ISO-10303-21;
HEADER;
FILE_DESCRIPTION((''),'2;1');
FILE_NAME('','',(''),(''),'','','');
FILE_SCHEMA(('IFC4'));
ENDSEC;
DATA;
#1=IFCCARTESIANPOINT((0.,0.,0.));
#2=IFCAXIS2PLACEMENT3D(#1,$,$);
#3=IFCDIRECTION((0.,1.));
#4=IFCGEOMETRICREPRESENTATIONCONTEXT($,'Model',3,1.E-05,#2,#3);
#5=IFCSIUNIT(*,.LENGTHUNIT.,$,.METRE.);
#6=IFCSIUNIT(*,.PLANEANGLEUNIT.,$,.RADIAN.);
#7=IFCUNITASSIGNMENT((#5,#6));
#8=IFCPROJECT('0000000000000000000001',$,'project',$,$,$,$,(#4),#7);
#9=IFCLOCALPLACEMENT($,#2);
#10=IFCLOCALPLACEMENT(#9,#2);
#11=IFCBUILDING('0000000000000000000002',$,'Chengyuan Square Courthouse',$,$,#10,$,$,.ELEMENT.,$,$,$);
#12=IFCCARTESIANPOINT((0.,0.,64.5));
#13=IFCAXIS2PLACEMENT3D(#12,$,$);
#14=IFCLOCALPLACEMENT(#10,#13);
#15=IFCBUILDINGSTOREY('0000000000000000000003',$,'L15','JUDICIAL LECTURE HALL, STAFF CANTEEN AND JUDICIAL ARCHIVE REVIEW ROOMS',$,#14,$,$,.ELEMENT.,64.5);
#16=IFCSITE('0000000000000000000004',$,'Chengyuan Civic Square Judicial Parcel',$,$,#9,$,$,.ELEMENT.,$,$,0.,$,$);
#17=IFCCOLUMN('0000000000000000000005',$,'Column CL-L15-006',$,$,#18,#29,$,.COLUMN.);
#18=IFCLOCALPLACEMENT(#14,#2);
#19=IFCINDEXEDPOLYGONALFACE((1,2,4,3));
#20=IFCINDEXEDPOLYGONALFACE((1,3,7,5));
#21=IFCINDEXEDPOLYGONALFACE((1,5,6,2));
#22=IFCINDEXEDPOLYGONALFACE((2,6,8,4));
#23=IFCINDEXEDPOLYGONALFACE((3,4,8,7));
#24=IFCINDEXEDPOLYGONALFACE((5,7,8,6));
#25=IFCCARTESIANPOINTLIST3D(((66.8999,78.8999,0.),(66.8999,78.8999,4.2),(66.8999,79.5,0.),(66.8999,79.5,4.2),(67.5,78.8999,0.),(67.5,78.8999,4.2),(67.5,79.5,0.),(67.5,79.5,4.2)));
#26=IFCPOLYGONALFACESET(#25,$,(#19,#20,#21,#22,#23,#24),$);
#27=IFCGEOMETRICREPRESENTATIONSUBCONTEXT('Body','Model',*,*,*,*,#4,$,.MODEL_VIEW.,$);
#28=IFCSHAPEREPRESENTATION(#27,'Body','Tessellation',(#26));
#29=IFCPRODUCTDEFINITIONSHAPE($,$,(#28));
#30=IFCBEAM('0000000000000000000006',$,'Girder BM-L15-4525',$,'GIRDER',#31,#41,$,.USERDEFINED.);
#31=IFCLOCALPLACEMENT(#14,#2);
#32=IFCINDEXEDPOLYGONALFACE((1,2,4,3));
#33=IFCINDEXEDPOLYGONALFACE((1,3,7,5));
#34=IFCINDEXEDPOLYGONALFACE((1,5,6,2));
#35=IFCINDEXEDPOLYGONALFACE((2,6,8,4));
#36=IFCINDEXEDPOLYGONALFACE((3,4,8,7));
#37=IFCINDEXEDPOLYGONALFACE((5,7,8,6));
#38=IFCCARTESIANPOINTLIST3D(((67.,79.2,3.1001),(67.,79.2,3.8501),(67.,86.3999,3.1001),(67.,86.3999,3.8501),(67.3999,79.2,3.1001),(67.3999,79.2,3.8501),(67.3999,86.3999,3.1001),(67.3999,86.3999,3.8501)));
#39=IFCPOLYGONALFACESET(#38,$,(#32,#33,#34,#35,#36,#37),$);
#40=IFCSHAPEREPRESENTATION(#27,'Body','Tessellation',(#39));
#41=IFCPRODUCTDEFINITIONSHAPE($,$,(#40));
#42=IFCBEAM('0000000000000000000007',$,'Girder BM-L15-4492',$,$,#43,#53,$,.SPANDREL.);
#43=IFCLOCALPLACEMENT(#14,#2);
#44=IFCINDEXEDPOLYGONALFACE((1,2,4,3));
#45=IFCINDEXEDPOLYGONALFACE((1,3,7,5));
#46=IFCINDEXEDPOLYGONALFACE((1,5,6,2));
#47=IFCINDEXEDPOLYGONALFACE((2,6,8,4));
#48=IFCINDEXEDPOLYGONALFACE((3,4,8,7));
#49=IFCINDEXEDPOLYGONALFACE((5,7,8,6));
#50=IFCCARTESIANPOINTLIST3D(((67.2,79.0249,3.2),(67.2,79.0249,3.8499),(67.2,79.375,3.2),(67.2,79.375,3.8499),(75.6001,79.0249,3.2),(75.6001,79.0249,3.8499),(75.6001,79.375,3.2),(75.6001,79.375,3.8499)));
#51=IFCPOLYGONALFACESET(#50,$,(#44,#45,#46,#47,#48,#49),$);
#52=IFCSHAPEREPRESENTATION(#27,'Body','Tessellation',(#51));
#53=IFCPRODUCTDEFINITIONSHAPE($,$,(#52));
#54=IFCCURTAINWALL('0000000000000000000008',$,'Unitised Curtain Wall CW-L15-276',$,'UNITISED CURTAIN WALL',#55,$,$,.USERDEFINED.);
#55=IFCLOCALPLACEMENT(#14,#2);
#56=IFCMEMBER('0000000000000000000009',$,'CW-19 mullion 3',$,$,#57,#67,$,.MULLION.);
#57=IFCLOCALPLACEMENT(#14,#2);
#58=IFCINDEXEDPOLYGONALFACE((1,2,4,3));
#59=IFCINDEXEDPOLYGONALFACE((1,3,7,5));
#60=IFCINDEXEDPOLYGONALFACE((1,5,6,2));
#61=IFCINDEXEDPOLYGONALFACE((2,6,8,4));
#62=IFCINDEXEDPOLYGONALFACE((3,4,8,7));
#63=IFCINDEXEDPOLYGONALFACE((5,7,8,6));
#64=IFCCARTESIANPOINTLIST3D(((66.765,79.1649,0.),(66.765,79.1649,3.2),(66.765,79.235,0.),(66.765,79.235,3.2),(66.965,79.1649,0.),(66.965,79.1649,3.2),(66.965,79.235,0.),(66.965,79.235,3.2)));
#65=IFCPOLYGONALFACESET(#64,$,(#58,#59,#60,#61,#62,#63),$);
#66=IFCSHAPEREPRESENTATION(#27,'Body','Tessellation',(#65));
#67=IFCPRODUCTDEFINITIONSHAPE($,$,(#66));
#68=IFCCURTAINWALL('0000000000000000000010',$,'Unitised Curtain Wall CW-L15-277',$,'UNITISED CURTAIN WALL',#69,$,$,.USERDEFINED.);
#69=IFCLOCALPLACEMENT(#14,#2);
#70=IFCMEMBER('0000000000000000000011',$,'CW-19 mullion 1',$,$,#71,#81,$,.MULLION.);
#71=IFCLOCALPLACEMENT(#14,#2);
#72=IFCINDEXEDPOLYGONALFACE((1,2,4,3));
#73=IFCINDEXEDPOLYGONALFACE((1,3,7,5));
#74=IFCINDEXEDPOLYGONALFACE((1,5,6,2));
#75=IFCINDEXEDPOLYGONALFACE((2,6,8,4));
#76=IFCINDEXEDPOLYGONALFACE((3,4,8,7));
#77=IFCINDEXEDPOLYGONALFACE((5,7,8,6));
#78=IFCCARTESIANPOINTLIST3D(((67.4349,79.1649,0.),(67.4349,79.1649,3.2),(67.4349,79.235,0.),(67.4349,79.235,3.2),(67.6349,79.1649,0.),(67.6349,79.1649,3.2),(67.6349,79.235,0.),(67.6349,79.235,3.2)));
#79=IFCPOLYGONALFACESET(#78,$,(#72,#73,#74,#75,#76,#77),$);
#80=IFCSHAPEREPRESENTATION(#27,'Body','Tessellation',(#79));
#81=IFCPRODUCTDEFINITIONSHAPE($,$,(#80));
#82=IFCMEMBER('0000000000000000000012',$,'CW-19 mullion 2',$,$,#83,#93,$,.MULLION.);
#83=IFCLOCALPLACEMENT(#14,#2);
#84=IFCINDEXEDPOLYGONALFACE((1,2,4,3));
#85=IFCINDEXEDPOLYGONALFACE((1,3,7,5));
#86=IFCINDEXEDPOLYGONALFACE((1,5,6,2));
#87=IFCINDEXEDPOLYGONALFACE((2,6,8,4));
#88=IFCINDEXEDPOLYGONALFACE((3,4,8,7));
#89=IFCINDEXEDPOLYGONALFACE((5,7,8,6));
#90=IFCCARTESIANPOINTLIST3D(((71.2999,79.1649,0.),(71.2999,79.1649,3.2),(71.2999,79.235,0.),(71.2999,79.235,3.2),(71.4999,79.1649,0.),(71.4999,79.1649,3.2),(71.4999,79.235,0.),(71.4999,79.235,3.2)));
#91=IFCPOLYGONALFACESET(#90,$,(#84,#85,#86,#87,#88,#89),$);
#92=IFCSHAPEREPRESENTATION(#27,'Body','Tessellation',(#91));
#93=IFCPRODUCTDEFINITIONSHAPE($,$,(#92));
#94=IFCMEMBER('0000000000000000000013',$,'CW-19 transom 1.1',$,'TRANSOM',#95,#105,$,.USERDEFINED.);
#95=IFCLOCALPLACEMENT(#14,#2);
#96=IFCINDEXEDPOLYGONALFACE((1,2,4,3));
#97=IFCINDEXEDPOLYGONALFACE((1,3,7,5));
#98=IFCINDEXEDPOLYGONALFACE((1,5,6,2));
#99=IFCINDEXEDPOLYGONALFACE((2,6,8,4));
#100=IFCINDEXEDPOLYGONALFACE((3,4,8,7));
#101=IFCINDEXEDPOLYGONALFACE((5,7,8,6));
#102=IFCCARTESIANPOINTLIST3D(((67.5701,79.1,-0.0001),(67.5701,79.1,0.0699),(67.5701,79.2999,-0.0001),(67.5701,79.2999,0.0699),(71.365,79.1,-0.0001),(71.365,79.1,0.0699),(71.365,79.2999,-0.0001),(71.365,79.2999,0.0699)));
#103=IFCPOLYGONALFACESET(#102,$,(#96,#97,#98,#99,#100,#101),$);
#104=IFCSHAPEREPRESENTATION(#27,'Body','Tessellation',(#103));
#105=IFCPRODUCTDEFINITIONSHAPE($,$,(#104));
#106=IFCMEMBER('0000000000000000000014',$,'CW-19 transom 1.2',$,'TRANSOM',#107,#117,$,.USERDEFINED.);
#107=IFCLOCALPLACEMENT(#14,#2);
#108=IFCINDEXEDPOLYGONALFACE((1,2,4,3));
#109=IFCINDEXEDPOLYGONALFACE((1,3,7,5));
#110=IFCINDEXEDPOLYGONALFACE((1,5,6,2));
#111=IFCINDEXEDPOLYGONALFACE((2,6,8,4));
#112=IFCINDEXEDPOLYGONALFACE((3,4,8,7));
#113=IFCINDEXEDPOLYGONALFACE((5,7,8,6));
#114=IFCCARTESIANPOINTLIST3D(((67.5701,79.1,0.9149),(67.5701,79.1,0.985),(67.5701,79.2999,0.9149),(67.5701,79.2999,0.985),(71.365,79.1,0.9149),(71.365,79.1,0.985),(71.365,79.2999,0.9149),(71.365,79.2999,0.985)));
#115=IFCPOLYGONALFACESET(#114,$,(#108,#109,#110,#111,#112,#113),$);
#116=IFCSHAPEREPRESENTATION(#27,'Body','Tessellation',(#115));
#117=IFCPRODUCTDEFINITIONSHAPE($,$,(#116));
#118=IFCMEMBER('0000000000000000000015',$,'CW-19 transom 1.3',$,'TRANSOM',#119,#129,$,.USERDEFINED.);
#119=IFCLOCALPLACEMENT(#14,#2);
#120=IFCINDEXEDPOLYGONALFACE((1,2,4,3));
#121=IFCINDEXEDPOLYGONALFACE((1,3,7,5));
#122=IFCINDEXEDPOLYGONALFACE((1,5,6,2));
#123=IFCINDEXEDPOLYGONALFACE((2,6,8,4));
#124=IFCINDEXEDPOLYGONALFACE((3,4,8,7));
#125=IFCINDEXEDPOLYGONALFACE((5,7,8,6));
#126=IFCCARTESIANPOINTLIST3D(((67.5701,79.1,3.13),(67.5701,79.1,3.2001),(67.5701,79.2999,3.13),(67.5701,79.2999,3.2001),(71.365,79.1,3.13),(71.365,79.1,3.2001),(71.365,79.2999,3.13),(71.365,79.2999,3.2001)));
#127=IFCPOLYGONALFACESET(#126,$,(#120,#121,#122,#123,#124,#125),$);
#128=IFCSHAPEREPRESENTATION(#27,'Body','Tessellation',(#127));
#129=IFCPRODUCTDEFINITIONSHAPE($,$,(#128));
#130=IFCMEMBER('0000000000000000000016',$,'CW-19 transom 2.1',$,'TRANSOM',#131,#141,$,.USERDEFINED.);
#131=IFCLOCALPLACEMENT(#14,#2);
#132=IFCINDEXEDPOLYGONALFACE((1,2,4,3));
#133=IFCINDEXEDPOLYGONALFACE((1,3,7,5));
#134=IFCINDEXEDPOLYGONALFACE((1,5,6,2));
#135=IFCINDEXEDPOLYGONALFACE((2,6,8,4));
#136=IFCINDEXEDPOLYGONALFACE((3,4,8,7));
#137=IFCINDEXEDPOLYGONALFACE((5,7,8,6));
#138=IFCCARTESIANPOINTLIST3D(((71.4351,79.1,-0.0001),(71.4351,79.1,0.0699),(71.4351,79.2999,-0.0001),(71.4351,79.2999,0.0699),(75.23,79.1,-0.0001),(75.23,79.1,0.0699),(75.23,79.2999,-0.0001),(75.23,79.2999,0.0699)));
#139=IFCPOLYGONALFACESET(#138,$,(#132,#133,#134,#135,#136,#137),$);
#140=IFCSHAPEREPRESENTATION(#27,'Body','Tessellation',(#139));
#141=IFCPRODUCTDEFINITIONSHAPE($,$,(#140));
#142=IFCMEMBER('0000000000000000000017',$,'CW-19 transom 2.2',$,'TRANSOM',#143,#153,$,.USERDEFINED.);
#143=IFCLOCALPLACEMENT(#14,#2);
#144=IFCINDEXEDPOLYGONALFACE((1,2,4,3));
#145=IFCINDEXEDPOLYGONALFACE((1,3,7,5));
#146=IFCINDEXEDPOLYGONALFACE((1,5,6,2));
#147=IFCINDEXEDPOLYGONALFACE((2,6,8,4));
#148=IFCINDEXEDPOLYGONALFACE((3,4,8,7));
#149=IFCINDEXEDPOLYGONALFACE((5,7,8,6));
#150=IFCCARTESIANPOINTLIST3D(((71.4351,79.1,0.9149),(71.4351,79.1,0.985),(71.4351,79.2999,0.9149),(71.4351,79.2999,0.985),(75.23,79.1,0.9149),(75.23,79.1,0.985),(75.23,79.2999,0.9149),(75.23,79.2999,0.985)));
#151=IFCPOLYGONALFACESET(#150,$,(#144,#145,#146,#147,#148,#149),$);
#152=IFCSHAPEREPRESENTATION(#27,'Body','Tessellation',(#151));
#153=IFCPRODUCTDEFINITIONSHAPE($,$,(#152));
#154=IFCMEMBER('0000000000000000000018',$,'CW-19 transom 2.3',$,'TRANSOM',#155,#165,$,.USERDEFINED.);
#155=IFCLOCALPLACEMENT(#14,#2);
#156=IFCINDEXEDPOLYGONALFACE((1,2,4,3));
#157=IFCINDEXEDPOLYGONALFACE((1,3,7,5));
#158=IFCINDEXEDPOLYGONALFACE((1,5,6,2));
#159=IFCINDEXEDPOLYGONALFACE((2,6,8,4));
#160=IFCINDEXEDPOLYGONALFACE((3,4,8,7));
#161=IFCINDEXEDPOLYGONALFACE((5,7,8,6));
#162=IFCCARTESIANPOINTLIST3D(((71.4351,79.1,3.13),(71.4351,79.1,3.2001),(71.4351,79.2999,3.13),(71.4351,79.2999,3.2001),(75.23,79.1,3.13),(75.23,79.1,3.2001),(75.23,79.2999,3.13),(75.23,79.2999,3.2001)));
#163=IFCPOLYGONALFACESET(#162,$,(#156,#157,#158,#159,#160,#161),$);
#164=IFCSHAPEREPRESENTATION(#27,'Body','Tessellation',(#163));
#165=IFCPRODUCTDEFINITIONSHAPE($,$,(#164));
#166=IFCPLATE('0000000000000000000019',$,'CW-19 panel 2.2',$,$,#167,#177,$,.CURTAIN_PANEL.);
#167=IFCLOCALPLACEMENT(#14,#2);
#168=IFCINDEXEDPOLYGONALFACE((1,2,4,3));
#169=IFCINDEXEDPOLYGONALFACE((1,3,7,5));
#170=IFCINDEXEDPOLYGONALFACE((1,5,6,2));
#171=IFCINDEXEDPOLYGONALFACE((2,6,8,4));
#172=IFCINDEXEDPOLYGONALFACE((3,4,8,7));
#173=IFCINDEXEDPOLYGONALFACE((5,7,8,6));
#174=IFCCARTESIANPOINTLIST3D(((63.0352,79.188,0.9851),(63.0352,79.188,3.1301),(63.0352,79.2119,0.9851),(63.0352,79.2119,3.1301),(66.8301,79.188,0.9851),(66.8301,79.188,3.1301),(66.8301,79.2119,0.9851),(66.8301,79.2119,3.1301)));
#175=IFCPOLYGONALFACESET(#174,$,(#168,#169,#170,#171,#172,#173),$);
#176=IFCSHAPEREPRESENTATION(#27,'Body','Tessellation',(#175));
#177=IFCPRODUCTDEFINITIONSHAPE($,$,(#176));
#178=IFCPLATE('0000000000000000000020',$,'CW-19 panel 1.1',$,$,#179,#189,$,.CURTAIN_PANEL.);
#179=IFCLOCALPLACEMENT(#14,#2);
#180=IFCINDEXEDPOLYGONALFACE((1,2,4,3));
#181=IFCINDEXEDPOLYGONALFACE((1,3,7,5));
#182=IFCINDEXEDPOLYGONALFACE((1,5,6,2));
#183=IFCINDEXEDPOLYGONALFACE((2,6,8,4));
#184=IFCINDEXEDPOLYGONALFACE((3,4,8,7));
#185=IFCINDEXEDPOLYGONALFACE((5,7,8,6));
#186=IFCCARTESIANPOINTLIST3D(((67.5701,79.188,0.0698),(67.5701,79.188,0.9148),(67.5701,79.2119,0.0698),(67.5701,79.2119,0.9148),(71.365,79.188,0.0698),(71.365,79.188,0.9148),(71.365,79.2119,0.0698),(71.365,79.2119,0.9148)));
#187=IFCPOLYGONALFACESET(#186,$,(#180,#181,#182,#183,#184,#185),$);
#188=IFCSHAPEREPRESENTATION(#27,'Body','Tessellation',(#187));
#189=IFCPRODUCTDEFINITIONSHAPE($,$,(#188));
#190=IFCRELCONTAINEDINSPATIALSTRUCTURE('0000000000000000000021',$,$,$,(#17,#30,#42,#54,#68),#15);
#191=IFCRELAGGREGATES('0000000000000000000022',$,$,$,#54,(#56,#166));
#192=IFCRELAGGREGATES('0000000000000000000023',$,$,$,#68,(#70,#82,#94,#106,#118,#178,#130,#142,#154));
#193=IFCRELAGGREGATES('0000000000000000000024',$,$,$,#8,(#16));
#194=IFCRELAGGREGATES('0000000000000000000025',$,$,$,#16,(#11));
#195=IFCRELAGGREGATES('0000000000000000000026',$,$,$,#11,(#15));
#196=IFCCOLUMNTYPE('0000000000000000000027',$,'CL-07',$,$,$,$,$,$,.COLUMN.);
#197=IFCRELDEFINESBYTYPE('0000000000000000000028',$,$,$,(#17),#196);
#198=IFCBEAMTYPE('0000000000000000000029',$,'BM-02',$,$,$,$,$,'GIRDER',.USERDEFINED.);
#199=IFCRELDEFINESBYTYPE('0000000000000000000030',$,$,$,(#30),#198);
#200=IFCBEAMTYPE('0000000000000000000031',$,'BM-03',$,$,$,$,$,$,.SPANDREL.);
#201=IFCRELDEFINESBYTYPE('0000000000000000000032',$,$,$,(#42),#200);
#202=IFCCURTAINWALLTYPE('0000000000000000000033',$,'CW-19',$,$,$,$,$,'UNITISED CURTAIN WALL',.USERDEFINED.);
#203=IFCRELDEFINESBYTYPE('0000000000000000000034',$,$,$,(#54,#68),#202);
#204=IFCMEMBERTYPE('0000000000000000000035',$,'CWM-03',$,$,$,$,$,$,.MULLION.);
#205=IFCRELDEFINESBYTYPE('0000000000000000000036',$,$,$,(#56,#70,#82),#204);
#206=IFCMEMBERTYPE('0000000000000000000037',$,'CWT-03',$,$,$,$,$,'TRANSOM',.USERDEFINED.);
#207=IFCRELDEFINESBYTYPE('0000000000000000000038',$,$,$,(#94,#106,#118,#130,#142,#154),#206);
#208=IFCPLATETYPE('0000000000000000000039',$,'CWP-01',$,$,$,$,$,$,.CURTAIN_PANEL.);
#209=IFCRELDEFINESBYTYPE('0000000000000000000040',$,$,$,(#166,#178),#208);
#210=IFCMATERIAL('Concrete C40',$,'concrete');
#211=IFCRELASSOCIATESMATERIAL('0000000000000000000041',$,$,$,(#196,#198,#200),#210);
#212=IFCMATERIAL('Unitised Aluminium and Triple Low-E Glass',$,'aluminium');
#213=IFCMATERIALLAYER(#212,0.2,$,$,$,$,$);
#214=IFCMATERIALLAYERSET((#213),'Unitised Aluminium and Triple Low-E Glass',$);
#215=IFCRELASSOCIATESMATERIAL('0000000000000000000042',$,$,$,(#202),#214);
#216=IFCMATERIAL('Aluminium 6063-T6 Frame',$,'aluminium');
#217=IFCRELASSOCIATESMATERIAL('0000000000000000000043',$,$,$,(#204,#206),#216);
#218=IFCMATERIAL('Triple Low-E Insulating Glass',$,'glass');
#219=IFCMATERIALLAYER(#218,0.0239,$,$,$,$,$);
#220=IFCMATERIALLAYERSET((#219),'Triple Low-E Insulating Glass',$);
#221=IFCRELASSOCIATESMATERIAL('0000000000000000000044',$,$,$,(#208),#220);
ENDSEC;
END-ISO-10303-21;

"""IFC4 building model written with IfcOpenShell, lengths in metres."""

from ifc_helpers import new_model, si_unit, direction, frame, origin, origin_2d, place, context, subcontext, project, spatial, rectangle, extrude, material, layer, layer_set, material_profile, profile_set, type_object, element, aggregate, save


model = new_model("IFC4")

# Units and contexts
model_context = context("Model", 3, precision=1e-05, world=origin(), true_north=direction((0.0, 1.0)))
body_context = subcontext(model_context, "Body", "Model", "MODEL_VIEW")
ifc_project = project(units=[si_unit("LENGTHUNIT", "METRE"), si_unit("PLANEANGLEUNIT", "RADIAN")], contexts=[model_context])

# Site, building, storey
site_placement = place(None, origin())
site = spatial("IfcSite", under=ifc_project, at=site_placement, Name="Chengyuan Civic Square Judicial Parcel", CompositionType="ELEMENT", RefElevation=0.0)
building_placement = place(site_placement, origin())
building = spatial("IfcBuilding", under=site, at=building_placement, Name="Chengyuan Square Courthouse", CompositionType="ELEMENT")
storey_placement = place(building_placement, frame((0.0, 0.0, 64.5)))
storey = spatial("IfcBuildingStorey", under=building, at=storey_placement, Name="L15", Description="JUDICIAL LECTURE HALL, STAFF CANTEEN AND JUDICIAL ARCHIVE REVIEW ROOMS", CompositionType="ELEMENT", Elevation=64.5)

# Column
ifc_material_1 = material(Name="Concrete C40", Category="concrete")
ifc_material_profile_1 = material_profile(ifc_material_1, rectangle(XDim=0.6001, YDim=0.6001, at=origin_2d()), Name="RC-COL-600x600")
ifc_profile_set_1 = profile_set([ifc_material_profile_1], Name="Concrete C40")
column_type = type_object("IfcColumnType", Name="CL-07", PredefinedType="COLUMN", material=ifc_profile_set_1)
column_placement = place(storey_placement, frame((67.2, 79.2, 0.0), z_axis=(0.0, 0.0, 1.0), x_axis=(1.0, 0.0, 0.0)))
element("IfcColumn", 1, at=column_placement, inside=storey, type_object=column_type, Name="Column CL-L15-006", PredefinedType="COLUMN", context=body_context, shape_type="SweptSolid", body=[
    extrude(rectangle(XDim=0.6001, YDim=0.6001, at=origin_2d()), origin(), (0.0, 0.0, 1.0), 4.2),
])

# Beams
ifc_material_profile_2 = material_profile(ifc_material_1, rectangle(XDim=0.3999, YDim=0.75, at=origin_2d()), Name="RC-BM-400x750")
ifc_profile_set_2 = profile_set([ifc_material_profile_2], Name="Concrete C40")
beam_type_1 = type_object("IfcBeamType", Name="BM-02", ElementType="GIRDER", PredefinedType="USERDEFINED", material=ifc_profile_set_2)
beam_1_placement = place(storey_placement, frame((67.2, 79.2, 3.4751), z_axis=(0.0, 1.0, 0.0), x_axis=(-1.0, 0.0, 0.0)))
element("IfcBeam", 2, at=beam_1_placement, inside=storey, type_object=beam_type_1, Name="Girder BM-L15-4525", ObjectType="GIRDER", PredefinedType="USERDEFINED", context=body_context, shape_type="SweptSolid", body=[
    extrude(rectangle(XDim=0.3999, YDim=0.75, at=origin_2d()), origin(), (0.0, 0.0, 1.0), 7.2),
])
ifc_material_profile_3 = material_profile(ifc_material_1, rectangle(XDim=0.3501, YDim=0.6499, at=origin_2d()), Name="RC-BM-350x650")
ifc_profile_set_3 = profile_set([ifc_material_profile_3], Name="Concrete C40")
beam_type_2 = type_object("IfcBeamType", Name="BM-03", PredefinedType="SPANDREL", material=ifc_profile_set_3)
beam_2_placement = place(storey_placement, frame((67.2, 79.2, 3.5249), z_axis=(1.0, 0.0, 0.0), x_axis=(0.0, 1.0, 0.0)))
element("IfcBeam", 3, at=beam_2_placement, inside=storey, type_object=beam_type_2, Name="Girder BM-L15-4492", PredefinedType="SPANDREL", context=body_context, shape_type="SweptSolid", body=[
    extrude(rectangle(XDim=0.3501, YDim=0.6499, at=origin_2d()), origin(), (0.0, 0.0, 1.0), 8.4001),
])

# Curtain wall, member
ifc_material_2 = material(Name="Unitised Aluminium and Triple Low-E Glass", Category="aluminium")
ifc_layer_1 = layer(ifc_material_2, 0.2)
ifc_layer_set_1 = layer_set([ifc_layer_1], Name="Unitised Aluminium and Triple Low-E Glass")
curtain_wall_type = type_object("IfcCurtainWallType", Name="CW-19", ElementType="UNITISED CURTAIN WALL", PredefinedType="USERDEFINED", material=ifc_layer_set_1)
curtain_wall_1_placement = place(storey_placement, origin())
curtain_wall_1 = element("IfcCurtainWall", 4, at=curtain_wall_1_placement, inside=storey, type_object=curtain_wall_type, Name="Unitised Curtain Wall CW-L15-276", ObjectType="UNITISED CURTAIN WALL", PredefinedType="USERDEFINED")
ifc_material_3 = material(Name="Aluminium 6063-T6 Frame", Category="aluminium")
ifc_material_profile_4 = material_profile(ifc_material_3, rectangle(XDim=0.0701, YDim=0.2, at=origin_2d()), Name="CW-MUL-70x200")
ifc_profile_set_4 = profile_set([ifc_material_profile_4], Name="Aluminium 6063-T6 Frame")
member_type_1 = type_object("IfcMemberType", Name="CWM-03", PredefinedType="MULLION", material=ifc_profile_set_4)
member_1_placement = place(storey_placement, frame((66.865, 79.2, 0.0), z_axis=(0.0, 0.0, 1.0), x_axis=(0.0, 1.0, 0.0)))
member_1 = element("IfcMember", 5, at=member_1_placement, type_object=member_type_1, Name="CW-19 mullion 3", PredefinedType="MULLION", context=body_context, shape_type="SweptSolid", body=[
    extrude(rectangle(XDim=0.0701, YDim=0.2, at=origin_2d()), origin(), (0.0, 0.0, 1.0), 3.2),
])

# Curtain wall, members
curtain_wall_2_placement = place(storey_placement, origin())
curtain_wall_2 = element("IfcCurtainWall", 6, at=curtain_wall_2_placement, inside=storey, type_object=curtain_wall_type, Name="Unitised Curtain Wall CW-L15-277", ObjectType="UNITISED CURTAIN WALL", PredefinedType="USERDEFINED")
member_2_placement = place(storey_placement, frame((67.5349, 79.2, 0.0), z_axis=(0.0, 0.0, 1.0), x_axis=(0.0, 1.0, 0.0)))
member_2 = element("IfcMember", 7, at=member_2_placement, type_object=member_type_1, Name="CW-19 mullion 1", PredefinedType="MULLION", context=body_context, shape_type="SweptSolid", body=[
    extrude(rectangle(XDim=0.0701, YDim=0.2, at=origin_2d()), origin(), (0.0, 0.0, 1.0), 3.2),
])
member_3_placement = place(storey_placement, frame((71.3999, 79.2, 0.0), z_axis=(0.0, 0.0, 1.0), x_axis=(0.0, 1.0, 0.0)))
member_3 = element("IfcMember", 8, at=member_3_placement, type_object=member_type_1, Name="CW-19 mullion 2", PredefinedType="MULLION", context=body_context, shape_type="SweptSolid", body=[
    extrude(rectangle(XDim=0.0701, YDim=0.2, at=origin_2d()), origin(), (0.0, 0.0, 1.0), 3.2),
])
ifc_material_profile_5 = material_profile(ifc_material_3, rectangle(XDim=0.2, YDim=0.0701, at=origin_2d()), Name="CW-TRN-70x160")
ifc_profile_set_5 = profile_set([ifc_material_profile_5], Name="Aluminium 6063-T6 Frame")
member_type_2 = type_object("IfcMemberType", Name="CWT-03", ElementType="TRANSOM", PredefinedType="USERDEFINED", material=ifc_profile_set_5)
member_4_placement = place(storey_placement, frame((67.5701, 79.2, 0.0349), z_axis=(1.0, 0.0, 0.0), x_axis=(0.0, 1.0, 0.0)))
member_4 = element("IfcMember", 9, at=member_4_placement, type_object=member_type_2, Name="CW-19 transom 1.1", ObjectType="TRANSOM", PredefinedType="USERDEFINED", context=body_context, shape_type="SweptSolid", body=[
    extrude(rectangle(XDim=0.2, YDim=0.0701, at=origin_2d()), origin(), (0.0, 0.0, 1.0), 3.7949),
])
member_5_placement = place(storey_placement, frame((67.5701, 79.2, 0.95), z_axis=(1.0, 0.0, 0.0), x_axis=(0.0, 1.0, 0.0)))
member_5 = element("IfcMember", 10, at=member_5_placement, type_object=member_type_2, Name="CW-19 transom 1.2", ObjectType="TRANSOM", PredefinedType="USERDEFINED", context=body_context, shape_type="SweptSolid", body=[
    extrude(rectangle(XDim=0.2, YDim=0.0701, at=origin_2d()), origin(), (0.0, 0.0, 1.0), 3.7949),
])
member_6_placement = place(storey_placement, frame((67.5701, 79.2, 3.165), z_axis=(1.0, 0.0, 0.0), x_axis=(0.0, 1.0, 0.0)))
member_6 = element("IfcMember", 11, at=member_6_placement, type_object=member_type_2, Name="CW-19 transom 1.3", ObjectType="TRANSOM", PredefinedType="USERDEFINED", context=body_context, shape_type="SweptSolid", body=[
    extrude(rectangle(XDim=0.2, YDim=0.0701, at=origin_2d()), origin(), (0.0, 0.0, 1.0), 3.7949),
])
member_7_placement = place(storey_placement, frame((71.4351, 79.2, 0.0349), z_axis=(1.0, 0.0, 0.0), x_axis=(0.0, 1.0, 0.0)))
member_7 = element("IfcMember", 12, at=member_7_placement, type_object=member_type_2, Name="CW-19 transom 2.1", ObjectType="TRANSOM", PredefinedType="USERDEFINED", context=body_context, shape_type="SweptSolid", body=[
    extrude(rectangle(XDim=0.2, YDim=0.0701, at=origin_2d()), origin(), (0.0, 0.0, 1.0), 3.7949),
])
member_8_placement = place(storey_placement, frame((71.4351, 79.2, 0.95), z_axis=(1.0, 0.0, 0.0), x_axis=(0.0, 1.0, 0.0)))
member_8 = element("IfcMember", 13, at=member_8_placement, type_object=member_type_2, Name="CW-19 transom 2.2", ObjectType="TRANSOM", PredefinedType="USERDEFINED", context=body_context, shape_type="SweptSolid", body=[
    extrude(rectangle(XDim=0.2, YDim=0.0701, at=origin_2d()), origin(), (0.0, 0.0, 1.0), 3.7949),
])
member_9_placement = place(storey_placement, frame((71.4351, 79.2, 3.165), z_axis=(1.0, 0.0, 0.0), x_axis=(0.0, 1.0, 0.0)))
member_9 = element("IfcMember", 14, at=member_9_placement, type_object=member_type_2, Name="CW-19 transom 2.3", ObjectType="TRANSOM", PredefinedType="USERDEFINED", context=body_context, shape_type="SweptSolid", body=[
    extrude(rectangle(XDim=0.2, YDim=0.0701, at=origin_2d()), origin(), (0.0, 0.0, 1.0), 3.7949),
])

# Plates
ifc_material_4 = material(Name="Triple Low-E Insulating Glass", Category="glass")
ifc_layer_2 = layer(ifc_material_4, 0.0239)
ifc_layer_set_2 = layer_set([ifc_layer_2], Name="Triple Low-E Insulating Glass")
plate_type = type_object("IfcPlateType", Name="CWP-01", PredefinedType="CURTAIN_PANEL", material=ifc_layer_set_2)
plate_1_placement = place(storey_placement, frame((64.9326, 79.2, 0.9851), z_axis=(0.0, 0.0, 1.0), x_axis=(1.0, 0.0, 0.0)))
plate_1 = element("IfcPlate", 15, at=plate_1_placement, type_object=plate_type, Name="CW-19 panel 2.2", PredefinedType="CURTAIN_PANEL", context=body_context, shape_type="SweptSolid", body=[
    extrude(rectangle(XDim=3.7949, YDim=0.0239, at=origin_2d()), origin(), (0.0, 0.0, 1.0), 2.145),
])
aggregate(curtain_wall_1, [member_1, plate_1])
plate_2_placement = place(storey_placement, frame((69.4675, 79.2, 0.0698), z_axis=(0.0, 0.0, 1.0), x_axis=(1.0, 0.0, 0.0)))
plate_2 = element("IfcPlate", 16, at=plate_2_placement, type_object=plate_type, Name="CW-19 panel 1.1", PredefinedType="CURTAIN_PANEL", context=body_context, shape_type="SweptSolid", body=[
    extrude(rectangle(XDim=3.7949, YDim=0.0239, at=origin_2d()), origin(), (0.0, 0.0, 1.0), 0.845),
])
aggregate(curtain_wall_2, [member_2, member_3, member_4, member_5, member_6, plate_2, member_7, member_8, member_9])

save(model, "model.ifc")
